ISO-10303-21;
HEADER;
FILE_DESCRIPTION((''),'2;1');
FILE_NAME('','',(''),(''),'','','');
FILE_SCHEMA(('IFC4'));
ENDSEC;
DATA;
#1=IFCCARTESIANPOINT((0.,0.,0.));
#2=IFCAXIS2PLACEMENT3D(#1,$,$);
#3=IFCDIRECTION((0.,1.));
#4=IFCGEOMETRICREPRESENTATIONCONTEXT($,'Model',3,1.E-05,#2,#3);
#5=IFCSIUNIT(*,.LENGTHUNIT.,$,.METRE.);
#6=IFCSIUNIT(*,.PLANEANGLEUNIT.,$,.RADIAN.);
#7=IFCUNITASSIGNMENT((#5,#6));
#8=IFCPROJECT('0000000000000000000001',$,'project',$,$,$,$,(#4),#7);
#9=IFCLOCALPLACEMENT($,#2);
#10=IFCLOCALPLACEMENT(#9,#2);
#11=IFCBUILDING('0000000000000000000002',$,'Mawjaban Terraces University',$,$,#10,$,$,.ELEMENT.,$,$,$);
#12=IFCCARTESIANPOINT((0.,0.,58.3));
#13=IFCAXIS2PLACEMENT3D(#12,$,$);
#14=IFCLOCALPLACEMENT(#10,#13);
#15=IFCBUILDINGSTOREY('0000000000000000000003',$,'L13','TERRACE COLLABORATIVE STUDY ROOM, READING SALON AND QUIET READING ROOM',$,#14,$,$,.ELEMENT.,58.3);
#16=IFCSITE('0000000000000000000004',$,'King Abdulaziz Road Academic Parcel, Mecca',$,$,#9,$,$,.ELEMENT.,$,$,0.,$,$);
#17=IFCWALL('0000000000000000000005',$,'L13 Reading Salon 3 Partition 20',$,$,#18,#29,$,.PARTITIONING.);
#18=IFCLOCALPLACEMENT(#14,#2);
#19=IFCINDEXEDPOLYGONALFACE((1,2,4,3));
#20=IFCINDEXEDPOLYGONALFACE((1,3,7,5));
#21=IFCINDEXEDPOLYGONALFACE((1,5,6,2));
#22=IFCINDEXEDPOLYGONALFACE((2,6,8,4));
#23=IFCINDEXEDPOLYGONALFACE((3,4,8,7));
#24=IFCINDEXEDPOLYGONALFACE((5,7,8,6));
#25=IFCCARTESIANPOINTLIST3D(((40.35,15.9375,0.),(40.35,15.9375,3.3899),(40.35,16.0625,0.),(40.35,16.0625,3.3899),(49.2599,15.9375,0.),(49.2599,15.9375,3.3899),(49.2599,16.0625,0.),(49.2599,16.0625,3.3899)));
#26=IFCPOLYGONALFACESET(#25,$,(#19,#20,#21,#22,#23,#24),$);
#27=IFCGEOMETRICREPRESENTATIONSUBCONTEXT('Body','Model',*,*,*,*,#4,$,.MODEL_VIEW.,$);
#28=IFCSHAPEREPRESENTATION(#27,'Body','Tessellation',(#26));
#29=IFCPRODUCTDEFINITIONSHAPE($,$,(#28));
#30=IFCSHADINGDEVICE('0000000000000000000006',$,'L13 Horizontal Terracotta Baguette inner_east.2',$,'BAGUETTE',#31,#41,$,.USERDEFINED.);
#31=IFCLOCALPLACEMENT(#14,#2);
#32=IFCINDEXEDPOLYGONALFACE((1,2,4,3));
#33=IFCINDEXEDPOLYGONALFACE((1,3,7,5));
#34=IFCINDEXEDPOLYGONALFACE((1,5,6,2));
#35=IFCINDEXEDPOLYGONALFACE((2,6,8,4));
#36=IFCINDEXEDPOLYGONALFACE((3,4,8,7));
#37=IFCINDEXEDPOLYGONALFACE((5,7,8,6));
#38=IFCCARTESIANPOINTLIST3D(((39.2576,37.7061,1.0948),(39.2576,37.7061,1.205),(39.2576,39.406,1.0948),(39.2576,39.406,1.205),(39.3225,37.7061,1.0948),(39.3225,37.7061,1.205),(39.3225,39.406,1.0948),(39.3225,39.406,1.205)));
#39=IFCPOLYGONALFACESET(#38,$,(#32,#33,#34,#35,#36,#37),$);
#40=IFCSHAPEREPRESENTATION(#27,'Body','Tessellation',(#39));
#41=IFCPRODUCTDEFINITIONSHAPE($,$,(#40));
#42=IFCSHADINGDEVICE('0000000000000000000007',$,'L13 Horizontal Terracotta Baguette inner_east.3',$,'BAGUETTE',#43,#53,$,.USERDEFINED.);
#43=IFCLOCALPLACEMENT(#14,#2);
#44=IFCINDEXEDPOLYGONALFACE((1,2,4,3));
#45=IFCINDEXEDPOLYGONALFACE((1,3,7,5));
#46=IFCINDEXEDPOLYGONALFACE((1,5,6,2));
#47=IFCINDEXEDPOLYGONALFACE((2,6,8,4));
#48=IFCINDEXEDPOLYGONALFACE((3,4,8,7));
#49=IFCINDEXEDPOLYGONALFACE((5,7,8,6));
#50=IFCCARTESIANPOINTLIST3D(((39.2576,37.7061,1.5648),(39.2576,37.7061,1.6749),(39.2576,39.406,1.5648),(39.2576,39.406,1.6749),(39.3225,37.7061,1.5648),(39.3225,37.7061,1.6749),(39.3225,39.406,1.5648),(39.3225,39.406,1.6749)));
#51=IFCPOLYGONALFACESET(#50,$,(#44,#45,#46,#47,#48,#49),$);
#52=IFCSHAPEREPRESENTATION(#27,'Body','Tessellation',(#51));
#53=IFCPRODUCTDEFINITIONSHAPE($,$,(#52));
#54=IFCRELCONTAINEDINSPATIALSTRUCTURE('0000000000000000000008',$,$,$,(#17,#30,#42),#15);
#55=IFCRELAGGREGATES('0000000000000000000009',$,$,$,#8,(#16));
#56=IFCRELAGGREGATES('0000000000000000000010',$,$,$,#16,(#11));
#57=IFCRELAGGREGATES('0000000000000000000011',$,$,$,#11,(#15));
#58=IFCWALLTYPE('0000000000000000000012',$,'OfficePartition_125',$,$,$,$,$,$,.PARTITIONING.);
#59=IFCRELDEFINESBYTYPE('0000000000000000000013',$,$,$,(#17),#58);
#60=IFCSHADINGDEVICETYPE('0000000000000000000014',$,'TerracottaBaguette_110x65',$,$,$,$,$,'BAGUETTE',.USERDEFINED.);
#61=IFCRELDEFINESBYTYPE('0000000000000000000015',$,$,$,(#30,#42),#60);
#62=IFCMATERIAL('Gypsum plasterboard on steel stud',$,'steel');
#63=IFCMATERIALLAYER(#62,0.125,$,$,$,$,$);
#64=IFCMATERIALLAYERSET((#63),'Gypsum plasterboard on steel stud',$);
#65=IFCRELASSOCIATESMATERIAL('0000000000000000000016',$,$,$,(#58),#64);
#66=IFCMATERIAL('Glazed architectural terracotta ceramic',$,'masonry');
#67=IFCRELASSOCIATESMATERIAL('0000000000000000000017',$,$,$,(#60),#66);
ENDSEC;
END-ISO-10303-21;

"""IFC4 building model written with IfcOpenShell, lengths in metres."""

from ifc_helpers import new_model, si_unit, direction, frame, frame_2d, origin, origin_2d, place, context, subcontext, project, spatial, rectangle, extrude, material, layer, layer_set, material_profile, profile_set, type_object, element, save


model = new_model("IFC4")

# Units and contexts
model_context = context("Model", 3, precision=1e-05, world=origin(), true_north=direction((0.0, 1.0)))
body_context = subcontext(model_context, "Body", "Model", "MODEL_VIEW")
ifc_project = project(units=[si_unit("LENGTHUNIT", "METRE"), si_unit("PLANEANGLEUNIT", "RADIAN")], contexts=[model_context])

# Site, building, storey
site_placement = place(None, origin())
site = spatial("IfcSite", under=ifc_project, at=site_placement, Name="King Abdulaziz Road Academic Parcel, Mecca", CompositionType="ELEMENT", RefElevation=0.0)
building_placement = place(site_placement, origin())
building = spatial("IfcBuilding", under=site, at=building_placement, Name="Mawjaban Terraces University", CompositionType="ELEMENT")
storey_placement = place(building_placement, frame((0.0, 0.0, 58.3)))
storey = spatial("IfcBuildingStorey", under=building, at=storey_placement, Name="L13", Description="TERRACE COLLABORATIVE STUDY ROOM, READING SALON AND QUIET READING ROOM", CompositionType="ELEMENT", Elevation=58.3)

# Wall
ifc_material_1 = material(Name="Gypsum plasterboard on steel stud", Category="steel")
ifc_layer_1 = layer(ifc_material_1, 0.125)
ifc_layer_set_1 = layer_set([ifc_layer_1], Name="Gypsum plasterboard on steel stud")
wall_type_1 = type_object("IfcWallType", Name="OfficePartition_125", PredefinedType="PARTITIONING", material=ifc_layer_set_1)
wall_1_placement = place(storey_placement, frame((49.26, 16.0, 0.0), z_axis=(0.0, 0.0, 1.0), x_axis=(-1.0, 0.0, 0.0)))
element("IfcWall", 1, at=wall_1_placement, inside=storey, type_object=wall_type_1, Name="L13 Reading Salon 3 Partition 20", PredefinedType="PARTITIONING", context=body_context, shape_type="SweptSolid", body=[
    extrude(rectangle(XDim=8.9099, YDim=0.125, at=frame_2d((4.4551, 0.0))), origin(), (0.0, 0.0, 1.0), 3.3899),
])

# Shading devices
ifc_material_2 = material(Name="Glazed architectural terracotta ceramic", Category="masonry")
ifc_material_profile_1 = material_profile(ifc_material_2, rectangle(XDim=0.0649, YDim=0.1101, at=origin_2d()), Name="TBAG110X65")
ifc_profile_set_1 = profile_set([ifc_material_profile_1], Name="Glazed architectural terracotta ceramic")
shading_device_type = type_object("IfcShadingDeviceType", Name="TerracottaBaguette_110x65", ElementType="BAGUETTE", PredefinedType="USERDEFINED", material=ifc_profile_set_1)
for number, where, z_axis, x_axis, name in (
    (2, (39.29, 37.7061, 1.1499), (0.0, 1.0, 0.0), (-1.0, 0.0, 0.0), "L13 Horizontal Terracotta Baguette inner_east.2"),
    (3, (39.29, 37.7061, 1.6199), (0.0, 1.0, 0.0), (-1.0, 0.0, 0.0), "L13 Horizontal Terracotta Baguette inner_east.3"),
):
    element("IfcShadingDevice", number, at=place(storey_placement, frame(where, z_axis=z_axis, x_axis=x_axis)), inside=storey, type_object=shading_device_type, Name=name, ObjectType="BAGUETTE", PredefinedType="USERDEFINED", context=body_context, shape_type="SweptSolid", body=[
        extrude(rectangle(XDim=0.0649, YDim=0.1101, at=origin_2d()), origin(), (0.0, 0.0, 1.0), 1.7),
    ])

save(model, "model.ifc")
